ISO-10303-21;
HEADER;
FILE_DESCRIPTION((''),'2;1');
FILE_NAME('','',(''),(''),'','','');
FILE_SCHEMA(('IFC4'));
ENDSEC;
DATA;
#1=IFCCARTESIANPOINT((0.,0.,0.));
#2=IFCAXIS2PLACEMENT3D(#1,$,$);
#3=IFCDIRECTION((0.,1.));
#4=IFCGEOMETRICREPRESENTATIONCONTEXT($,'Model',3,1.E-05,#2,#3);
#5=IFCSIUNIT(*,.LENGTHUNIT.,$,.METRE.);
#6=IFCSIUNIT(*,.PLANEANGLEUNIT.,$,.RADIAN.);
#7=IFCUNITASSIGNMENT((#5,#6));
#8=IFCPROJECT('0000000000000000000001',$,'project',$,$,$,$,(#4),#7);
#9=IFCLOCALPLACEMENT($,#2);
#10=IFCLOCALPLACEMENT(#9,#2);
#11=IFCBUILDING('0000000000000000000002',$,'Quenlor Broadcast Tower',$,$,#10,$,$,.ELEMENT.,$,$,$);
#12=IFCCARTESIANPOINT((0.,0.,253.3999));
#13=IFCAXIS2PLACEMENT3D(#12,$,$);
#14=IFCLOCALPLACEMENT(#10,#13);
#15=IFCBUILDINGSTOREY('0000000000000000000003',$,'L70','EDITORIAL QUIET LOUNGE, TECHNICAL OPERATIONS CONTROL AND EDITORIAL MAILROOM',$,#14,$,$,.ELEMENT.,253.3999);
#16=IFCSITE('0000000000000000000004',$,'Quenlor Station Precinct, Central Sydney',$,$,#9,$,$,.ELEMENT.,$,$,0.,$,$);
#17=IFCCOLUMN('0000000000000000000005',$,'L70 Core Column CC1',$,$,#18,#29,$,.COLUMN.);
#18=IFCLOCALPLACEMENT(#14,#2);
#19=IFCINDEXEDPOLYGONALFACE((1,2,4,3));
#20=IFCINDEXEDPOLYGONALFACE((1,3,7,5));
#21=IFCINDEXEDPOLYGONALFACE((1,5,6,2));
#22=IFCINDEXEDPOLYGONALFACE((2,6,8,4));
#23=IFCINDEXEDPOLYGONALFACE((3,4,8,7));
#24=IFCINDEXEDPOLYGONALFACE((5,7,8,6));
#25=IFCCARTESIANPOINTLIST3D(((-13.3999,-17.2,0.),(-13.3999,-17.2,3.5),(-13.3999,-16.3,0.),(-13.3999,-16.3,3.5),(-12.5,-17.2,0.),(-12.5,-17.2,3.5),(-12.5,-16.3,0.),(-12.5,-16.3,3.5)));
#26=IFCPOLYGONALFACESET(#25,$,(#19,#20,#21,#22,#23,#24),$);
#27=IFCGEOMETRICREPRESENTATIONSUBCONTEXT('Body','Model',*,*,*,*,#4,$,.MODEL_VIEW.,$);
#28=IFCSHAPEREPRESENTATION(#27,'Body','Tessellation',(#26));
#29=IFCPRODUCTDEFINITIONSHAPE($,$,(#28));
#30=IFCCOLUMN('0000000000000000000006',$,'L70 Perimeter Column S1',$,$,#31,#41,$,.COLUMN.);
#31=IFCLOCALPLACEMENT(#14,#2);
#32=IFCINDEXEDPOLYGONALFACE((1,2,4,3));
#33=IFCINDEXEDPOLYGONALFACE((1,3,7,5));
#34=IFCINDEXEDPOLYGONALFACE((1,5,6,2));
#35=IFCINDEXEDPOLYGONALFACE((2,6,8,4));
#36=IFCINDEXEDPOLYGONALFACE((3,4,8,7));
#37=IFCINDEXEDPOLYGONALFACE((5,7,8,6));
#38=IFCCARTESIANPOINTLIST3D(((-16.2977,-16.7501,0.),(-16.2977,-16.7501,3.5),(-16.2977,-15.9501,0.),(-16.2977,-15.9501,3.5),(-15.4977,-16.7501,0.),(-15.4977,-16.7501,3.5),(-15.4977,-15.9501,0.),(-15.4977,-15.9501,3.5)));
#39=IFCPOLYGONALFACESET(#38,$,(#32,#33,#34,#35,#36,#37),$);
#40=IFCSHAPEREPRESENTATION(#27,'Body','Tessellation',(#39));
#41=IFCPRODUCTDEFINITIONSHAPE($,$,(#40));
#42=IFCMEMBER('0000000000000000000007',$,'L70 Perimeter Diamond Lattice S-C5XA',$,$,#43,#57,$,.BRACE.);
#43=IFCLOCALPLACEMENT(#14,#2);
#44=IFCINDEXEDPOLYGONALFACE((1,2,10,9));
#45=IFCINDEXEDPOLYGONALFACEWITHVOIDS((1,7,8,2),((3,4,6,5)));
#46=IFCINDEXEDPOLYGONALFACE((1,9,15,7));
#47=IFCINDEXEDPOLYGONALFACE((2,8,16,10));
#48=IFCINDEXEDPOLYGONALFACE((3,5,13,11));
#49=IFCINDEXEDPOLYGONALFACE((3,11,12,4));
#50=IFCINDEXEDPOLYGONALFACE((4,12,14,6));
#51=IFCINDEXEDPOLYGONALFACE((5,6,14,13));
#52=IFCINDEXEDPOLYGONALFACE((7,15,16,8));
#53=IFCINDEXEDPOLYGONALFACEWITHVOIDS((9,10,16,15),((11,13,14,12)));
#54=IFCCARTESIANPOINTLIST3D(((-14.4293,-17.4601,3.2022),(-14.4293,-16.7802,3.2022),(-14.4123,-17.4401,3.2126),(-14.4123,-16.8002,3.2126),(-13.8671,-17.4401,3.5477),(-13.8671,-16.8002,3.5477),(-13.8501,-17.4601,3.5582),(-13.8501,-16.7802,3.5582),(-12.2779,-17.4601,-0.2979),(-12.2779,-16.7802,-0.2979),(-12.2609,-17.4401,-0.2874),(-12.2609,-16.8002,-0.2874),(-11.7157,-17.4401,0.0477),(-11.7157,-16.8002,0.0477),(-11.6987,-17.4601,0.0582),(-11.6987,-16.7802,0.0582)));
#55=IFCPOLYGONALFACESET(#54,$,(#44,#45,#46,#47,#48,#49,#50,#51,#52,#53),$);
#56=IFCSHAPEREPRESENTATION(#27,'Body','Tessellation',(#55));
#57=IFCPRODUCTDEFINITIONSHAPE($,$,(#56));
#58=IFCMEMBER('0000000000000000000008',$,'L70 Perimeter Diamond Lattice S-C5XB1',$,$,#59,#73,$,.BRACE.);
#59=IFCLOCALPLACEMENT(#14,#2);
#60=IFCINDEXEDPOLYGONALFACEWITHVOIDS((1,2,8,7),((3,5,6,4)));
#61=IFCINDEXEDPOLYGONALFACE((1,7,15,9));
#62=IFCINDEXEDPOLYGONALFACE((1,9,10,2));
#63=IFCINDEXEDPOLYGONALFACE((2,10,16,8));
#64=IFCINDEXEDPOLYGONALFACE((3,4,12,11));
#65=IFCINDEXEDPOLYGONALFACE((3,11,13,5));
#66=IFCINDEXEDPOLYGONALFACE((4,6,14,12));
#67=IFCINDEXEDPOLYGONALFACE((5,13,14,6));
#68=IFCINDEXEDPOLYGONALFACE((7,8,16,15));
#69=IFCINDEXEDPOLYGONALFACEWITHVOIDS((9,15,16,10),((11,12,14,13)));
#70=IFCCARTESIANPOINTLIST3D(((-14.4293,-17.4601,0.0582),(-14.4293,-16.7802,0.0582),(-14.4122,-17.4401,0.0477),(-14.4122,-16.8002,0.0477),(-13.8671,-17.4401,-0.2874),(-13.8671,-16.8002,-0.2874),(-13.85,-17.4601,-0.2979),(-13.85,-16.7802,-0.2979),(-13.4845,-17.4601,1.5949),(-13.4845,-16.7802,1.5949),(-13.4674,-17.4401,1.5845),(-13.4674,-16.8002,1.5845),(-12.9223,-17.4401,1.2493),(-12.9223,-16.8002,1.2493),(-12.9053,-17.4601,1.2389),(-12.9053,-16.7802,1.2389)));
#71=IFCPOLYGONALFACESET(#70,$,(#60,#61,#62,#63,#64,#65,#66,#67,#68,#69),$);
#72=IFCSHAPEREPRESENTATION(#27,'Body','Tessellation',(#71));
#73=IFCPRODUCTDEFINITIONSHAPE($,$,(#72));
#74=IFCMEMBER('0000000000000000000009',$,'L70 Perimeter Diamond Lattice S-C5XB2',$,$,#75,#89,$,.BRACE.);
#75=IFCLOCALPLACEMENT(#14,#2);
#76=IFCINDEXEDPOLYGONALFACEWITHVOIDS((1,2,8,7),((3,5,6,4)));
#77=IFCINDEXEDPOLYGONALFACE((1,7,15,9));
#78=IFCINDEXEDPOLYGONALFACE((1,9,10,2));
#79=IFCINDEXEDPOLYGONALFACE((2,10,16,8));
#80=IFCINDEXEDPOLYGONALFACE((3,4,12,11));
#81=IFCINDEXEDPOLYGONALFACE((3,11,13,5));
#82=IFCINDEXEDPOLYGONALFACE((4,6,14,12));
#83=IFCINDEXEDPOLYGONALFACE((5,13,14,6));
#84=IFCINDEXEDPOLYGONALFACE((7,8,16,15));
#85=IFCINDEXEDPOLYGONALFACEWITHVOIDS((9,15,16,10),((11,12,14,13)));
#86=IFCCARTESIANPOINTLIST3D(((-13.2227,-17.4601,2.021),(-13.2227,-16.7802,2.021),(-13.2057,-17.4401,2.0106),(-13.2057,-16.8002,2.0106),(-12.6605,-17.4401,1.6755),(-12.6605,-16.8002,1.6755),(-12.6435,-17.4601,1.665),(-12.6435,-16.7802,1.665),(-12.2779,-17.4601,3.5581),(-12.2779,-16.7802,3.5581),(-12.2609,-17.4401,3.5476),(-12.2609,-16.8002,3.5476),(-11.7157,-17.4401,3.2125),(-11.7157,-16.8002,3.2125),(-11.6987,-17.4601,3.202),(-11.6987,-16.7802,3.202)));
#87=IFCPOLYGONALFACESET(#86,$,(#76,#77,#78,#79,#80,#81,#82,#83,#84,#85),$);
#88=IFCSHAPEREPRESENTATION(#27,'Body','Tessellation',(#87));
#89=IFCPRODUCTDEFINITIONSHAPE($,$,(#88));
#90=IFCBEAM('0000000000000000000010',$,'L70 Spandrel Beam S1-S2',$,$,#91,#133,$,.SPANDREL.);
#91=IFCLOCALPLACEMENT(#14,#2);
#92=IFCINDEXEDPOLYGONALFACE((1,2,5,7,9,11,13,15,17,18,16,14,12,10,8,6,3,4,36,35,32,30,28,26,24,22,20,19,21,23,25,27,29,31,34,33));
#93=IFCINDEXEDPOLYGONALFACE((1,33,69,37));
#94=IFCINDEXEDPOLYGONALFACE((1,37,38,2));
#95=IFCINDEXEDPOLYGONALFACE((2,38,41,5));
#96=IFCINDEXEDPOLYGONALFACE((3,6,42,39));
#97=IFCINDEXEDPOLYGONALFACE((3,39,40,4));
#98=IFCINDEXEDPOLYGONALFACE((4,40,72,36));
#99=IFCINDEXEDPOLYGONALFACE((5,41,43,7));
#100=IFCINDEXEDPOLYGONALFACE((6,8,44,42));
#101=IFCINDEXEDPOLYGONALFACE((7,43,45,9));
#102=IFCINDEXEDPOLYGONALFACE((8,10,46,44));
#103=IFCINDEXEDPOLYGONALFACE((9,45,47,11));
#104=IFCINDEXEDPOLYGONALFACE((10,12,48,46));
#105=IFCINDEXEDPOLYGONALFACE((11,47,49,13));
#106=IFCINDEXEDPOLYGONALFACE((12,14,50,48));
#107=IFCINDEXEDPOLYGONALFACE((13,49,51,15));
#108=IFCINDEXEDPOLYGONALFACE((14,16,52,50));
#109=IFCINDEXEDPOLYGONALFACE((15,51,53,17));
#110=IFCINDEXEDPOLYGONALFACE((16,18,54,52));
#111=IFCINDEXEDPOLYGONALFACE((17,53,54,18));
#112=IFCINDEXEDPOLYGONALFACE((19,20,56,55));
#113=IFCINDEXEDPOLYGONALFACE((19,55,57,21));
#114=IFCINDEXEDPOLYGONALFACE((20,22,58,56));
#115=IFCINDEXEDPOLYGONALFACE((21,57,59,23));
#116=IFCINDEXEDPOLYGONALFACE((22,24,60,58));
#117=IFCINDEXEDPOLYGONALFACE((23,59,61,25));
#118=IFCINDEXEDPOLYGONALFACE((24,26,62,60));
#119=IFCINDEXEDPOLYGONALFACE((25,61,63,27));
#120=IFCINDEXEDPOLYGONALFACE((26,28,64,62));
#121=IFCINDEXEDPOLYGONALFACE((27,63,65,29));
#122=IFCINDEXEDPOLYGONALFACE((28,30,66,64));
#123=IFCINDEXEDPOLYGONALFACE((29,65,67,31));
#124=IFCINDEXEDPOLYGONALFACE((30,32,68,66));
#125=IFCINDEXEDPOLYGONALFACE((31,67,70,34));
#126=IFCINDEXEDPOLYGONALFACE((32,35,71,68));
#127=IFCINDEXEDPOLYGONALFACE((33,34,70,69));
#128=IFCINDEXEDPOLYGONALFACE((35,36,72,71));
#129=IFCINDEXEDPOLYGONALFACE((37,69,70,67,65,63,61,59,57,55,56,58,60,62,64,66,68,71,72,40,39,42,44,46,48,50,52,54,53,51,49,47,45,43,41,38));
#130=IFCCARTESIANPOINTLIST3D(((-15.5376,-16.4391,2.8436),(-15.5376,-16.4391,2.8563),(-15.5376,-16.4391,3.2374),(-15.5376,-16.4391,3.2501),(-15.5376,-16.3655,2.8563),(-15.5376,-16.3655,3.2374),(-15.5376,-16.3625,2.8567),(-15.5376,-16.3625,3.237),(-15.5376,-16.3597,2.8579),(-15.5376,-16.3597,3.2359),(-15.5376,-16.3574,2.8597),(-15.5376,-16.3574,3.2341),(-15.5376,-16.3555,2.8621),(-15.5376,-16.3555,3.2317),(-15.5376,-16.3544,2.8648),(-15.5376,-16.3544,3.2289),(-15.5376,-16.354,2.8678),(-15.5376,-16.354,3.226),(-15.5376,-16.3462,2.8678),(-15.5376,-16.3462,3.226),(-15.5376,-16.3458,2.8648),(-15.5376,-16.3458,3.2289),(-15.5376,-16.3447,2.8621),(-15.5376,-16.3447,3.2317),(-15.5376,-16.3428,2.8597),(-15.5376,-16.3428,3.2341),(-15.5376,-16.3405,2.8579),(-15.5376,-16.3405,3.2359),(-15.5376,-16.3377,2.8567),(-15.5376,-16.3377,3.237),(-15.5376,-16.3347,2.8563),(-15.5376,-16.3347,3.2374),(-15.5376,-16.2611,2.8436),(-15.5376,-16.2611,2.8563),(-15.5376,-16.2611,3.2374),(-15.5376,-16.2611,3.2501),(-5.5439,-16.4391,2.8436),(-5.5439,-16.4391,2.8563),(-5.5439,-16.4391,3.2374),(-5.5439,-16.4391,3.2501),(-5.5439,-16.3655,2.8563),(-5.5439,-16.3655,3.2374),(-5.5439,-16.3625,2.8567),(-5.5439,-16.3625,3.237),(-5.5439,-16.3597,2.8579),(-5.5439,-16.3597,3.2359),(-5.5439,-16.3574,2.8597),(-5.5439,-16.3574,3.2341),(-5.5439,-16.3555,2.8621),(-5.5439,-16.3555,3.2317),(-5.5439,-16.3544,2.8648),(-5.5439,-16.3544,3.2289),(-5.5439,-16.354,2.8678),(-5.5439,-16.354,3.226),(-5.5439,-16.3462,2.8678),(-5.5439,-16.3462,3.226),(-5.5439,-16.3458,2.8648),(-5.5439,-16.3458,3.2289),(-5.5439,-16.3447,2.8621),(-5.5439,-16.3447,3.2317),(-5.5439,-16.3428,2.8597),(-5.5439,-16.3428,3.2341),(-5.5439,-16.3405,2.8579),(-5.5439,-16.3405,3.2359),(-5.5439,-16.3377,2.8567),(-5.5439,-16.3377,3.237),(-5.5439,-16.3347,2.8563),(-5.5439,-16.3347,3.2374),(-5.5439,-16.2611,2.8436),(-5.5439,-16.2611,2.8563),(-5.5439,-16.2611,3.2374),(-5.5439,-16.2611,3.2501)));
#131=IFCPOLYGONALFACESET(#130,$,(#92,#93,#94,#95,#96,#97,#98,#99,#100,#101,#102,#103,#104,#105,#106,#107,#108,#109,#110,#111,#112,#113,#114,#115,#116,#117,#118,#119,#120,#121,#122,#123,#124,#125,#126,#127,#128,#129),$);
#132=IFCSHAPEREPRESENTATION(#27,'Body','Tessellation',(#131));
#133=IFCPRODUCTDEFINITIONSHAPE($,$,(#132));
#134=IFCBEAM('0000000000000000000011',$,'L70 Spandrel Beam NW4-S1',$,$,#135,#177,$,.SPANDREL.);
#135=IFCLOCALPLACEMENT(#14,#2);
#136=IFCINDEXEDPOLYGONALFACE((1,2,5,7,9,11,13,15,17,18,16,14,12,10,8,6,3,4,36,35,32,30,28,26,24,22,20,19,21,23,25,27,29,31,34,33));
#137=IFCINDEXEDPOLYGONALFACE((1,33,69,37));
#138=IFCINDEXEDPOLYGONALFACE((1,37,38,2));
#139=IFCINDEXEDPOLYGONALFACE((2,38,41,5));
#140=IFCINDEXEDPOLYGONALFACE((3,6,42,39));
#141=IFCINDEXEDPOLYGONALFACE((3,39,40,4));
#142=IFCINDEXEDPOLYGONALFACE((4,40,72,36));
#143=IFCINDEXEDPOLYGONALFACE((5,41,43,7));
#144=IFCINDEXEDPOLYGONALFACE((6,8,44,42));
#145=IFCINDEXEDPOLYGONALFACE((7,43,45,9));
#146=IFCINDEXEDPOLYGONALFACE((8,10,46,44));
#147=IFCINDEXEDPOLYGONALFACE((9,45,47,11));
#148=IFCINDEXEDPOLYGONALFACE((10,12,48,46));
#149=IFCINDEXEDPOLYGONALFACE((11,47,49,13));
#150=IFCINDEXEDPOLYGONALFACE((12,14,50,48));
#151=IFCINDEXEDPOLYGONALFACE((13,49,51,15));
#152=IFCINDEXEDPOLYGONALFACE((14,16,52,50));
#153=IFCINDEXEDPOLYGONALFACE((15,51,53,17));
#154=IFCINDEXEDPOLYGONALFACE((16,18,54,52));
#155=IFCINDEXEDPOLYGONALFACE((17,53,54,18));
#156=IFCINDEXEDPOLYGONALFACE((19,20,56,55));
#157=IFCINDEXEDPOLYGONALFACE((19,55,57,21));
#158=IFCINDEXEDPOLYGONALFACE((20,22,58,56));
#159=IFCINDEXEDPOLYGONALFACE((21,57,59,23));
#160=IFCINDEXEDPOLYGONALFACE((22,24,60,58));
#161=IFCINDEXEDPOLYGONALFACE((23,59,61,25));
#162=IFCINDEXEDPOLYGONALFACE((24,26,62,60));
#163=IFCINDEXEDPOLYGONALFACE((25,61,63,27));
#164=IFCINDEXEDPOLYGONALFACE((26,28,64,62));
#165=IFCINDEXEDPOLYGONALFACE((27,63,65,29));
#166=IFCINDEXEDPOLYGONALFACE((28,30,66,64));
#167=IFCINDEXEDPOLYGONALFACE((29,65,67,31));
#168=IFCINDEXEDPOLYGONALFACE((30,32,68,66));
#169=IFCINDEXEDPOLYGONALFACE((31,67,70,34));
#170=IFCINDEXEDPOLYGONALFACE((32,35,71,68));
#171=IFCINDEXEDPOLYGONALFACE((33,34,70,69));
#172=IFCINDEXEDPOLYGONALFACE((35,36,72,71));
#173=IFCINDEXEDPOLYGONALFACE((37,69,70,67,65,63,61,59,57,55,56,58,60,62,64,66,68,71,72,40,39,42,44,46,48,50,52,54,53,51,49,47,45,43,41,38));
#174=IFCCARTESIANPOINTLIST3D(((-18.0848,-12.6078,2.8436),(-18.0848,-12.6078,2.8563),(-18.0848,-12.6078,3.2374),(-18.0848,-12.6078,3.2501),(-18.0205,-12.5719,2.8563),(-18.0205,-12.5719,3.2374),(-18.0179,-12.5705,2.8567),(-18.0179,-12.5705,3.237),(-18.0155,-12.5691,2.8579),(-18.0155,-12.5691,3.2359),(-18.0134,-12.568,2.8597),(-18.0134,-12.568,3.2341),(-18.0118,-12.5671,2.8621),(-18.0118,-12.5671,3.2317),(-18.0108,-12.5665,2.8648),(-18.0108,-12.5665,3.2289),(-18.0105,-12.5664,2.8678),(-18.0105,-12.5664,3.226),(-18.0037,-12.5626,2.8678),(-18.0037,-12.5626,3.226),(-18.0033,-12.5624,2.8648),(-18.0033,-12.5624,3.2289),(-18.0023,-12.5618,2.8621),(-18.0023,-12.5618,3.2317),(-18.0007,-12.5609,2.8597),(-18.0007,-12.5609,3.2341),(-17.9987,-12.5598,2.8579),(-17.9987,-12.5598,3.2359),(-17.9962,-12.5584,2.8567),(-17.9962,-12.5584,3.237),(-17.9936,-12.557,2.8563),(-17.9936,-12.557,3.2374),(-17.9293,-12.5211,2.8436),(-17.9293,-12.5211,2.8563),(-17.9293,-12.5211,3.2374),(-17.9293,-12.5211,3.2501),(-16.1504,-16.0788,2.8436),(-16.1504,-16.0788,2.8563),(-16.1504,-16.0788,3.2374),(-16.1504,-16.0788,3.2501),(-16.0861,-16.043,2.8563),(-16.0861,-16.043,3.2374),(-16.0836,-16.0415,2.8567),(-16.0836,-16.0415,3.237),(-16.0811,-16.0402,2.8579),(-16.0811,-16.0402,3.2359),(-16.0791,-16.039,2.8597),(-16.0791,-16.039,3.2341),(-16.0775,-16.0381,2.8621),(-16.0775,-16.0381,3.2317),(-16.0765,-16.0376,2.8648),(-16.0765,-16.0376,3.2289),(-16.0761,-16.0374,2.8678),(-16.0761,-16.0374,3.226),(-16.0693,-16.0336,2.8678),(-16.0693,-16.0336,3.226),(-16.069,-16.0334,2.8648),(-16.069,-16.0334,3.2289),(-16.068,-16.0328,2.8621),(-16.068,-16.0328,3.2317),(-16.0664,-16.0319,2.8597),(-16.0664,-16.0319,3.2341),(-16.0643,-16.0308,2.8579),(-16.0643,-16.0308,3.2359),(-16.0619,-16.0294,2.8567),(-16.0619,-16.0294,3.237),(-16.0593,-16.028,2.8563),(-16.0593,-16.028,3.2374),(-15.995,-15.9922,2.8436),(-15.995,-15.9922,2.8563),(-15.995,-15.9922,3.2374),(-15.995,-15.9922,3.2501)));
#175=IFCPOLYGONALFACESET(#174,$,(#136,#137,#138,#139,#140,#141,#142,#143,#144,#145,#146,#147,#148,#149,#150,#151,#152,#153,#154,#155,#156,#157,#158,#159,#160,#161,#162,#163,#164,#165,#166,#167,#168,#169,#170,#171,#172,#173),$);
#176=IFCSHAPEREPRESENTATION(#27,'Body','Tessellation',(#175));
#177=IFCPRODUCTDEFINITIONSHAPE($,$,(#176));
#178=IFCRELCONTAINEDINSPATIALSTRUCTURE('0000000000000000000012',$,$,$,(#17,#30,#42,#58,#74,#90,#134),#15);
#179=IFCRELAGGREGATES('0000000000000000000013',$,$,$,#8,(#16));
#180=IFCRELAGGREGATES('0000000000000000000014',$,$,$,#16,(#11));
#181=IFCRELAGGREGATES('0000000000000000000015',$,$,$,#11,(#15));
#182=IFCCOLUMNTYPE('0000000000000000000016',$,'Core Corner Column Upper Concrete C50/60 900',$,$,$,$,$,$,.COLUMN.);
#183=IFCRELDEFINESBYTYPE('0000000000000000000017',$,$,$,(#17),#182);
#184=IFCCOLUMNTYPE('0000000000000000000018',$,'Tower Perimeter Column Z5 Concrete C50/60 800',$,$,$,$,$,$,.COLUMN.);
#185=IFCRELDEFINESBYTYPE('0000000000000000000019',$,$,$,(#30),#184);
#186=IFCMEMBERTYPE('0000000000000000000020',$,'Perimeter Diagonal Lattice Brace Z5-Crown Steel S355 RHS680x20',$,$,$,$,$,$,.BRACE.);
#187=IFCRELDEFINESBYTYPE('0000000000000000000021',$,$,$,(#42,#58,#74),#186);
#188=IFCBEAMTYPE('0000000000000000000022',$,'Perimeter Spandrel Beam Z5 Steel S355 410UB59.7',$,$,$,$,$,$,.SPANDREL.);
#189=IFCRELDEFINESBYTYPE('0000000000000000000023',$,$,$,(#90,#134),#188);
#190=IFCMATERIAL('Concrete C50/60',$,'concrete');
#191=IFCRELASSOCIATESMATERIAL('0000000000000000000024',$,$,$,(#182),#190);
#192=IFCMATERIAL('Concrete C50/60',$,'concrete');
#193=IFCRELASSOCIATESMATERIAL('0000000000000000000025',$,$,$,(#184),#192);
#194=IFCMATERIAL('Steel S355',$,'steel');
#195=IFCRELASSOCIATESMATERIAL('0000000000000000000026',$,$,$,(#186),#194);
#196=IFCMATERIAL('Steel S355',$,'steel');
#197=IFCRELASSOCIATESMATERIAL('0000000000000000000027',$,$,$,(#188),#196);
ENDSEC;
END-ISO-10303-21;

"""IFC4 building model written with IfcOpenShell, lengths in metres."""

from ifc_helpers import new_model, si_unit, direction, frame, origin, origin_2d, place, context, subcontext, project, spatial, rectangle, hollow_rectangle, i_section, extrude, material, material_profile, profile_set, type_object, element, save


model = new_model("IFC4")

# Units and contexts
model_context = context("Model", 3, precision=1e-05, world=origin(), true_north=direction((0.0, 1.0)))
body_context = subcontext(model_context, "Body", "Model", "MODEL_VIEW")
ifc_project = project(units=[si_unit("LENGTHUNIT", "METRE"), si_unit("PLANEANGLEUNIT", "RADIAN")], contexts=[model_context])

# Site, building, storey
site_placement = place(None, origin())
site = spatial("IfcSite", under=ifc_project, at=site_placement, Name="Quenlor Station Precinct, Central Sydney", CompositionType="ELEMENT", RefElevation=0.0)
building_placement = place(site_placement, origin())
building = spatial("IfcBuilding", under=site, at=building_placement, Name="Quenlor Broadcast Tower", CompositionType="ELEMENT")
storey_placement = place(building_placement, frame((0.0, 0.0, 253.3999)))
storey = spatial("IfcBuildingStorey", under=building, at=storey_placement, Name="L70", Description="EDITORIAL QUIET LOUNGE, TECHNICAL OPERATIONS CONTROL AND EDITORIAL MAILROOM", CompositionType="ELEMENT", Elevation=253.3999)

# Columns
ifc_material_1 = material(Name="Concrete C50/60", Category="concrete")
ifc_material_profile_1 = material_profile(ifc_material_1, rectangle(XDim=0.8999, YDim=0.8999, at=origin_2d()))
ifc_profile_set_1 = profile_set([ifc_material_profile_1], Name="Concrete C50/60 RC900x900")
column_type_1 = type_object("IfcColumnType", Name="Core Corner Column Upper Concrete C50/60 900", PredefinedType="COLUMN", material=ifc_profile_set_1)
column_1_placement = place(storey_placement, frame((-12.95, -16.75, 0.0), z_axis=(0.0, 0.0, 1.0), x_axis=(1.0, 0.0, 0.0)))
element("IfcColumn", 1, at=column_1_placement, inside=storey, type_object=column_type_1, Name="L70 Core Column CC1", PredefinedType="COLUMN", context=body_context, shape_type="SweptSolid", body=[
    extrude(rectangle(XDim=0.8999, YDim=0.8999, at=origin_2d()), origin(), (0.0, 0.0, 1.0), 3.5),
])
ifc_material_2 = material(Name="Concrete C50/60", Category="concrete")
ifc_material_profile_2 = material_profile(ifc_material_2, rectangle(XDim=0.8, YDim=0.8, at=origin_2d()))
ifc_profile_set_2 = profile_set([ifc_material_profile_2], Name="Concrete C50/60 RC800x800")
column_type_2 = type_object("IfcColumnType", Name="Tower Perimeter Column Z5 Concrete C50/60 800", PredefinedType="COLUMN", material=ifc_profile_set_2)
column_2_placement = place(storey_placement, frame((-15.8977, -16.3501, 0.0), z_axis=(0.0, 0.0, 1.0), x_axis=(0.0, 1.0, 0.0)))
element("IfcColumn", 2, at=column_2_placement, inside=storey, type_object=column_type_2, Name="L70 Perimeter Column S1", PredefinedType="COLUMN", context=body_context, shape_type="SweptSolid", body=[
    extrude(rectangle(XDim=0.8, YDim=0.8, at=origin_2d()), origin(), (0.0, 0.0, 1.0), 3.5),
])

# Members
ifc_material_3 = material(Name="Steel S355", Category="steel")
ifc_material_profile_3 = material_profile(ifc_material_3, hollow_rectangle(XDim=0.6799, YDim=0.6799, WallThickness=0.02, at=origin_2d()))
ifc_profile_set_3 = profile_set([ifc_material_profile_3], Name="Steel S355 RHS680x680x20")
member_type = type_object("IfcMemberType", Name="Perimeter Diagonal Lattice Brace Z5-Crown Steel S355 RHS680x20", PredefinedType="BRACE", material=ifc_profile_set_3)
member_1_placement = place(storey_placement, frame((-11.9883, -17.1201, -0.1199), z_axis=(-0.52366, 0.0, 0.851928), x_axis=(0.0, -1.0, 0.0)))
element("IfcMember", 3, at=member_1_placement, inside=storey, type_object=member_type, Name="L70 Perimeter Diamond Lattice S-C5XA", PredefinedType="BRACE", context=body_context, shape_type="SweptSolid", body=[
    extrude(hollow_rectangle(XDim=0.6799, YDim=0.6799, WallThickness=0.02, at=origin_2d()), origin(), (0.0, 0.0, 1.0), 4.1084),
])
member_2_placement = place(storey_placement, frame((-14.1396, -17.1201, -0.1199), z_axis=(0.52372, 0.0, 0.851891), x_axis=(0.0, 1.0, 0.0)))
element("IfcMember", 4, at=member_2_placement, inside=storey, type_object=member_type, Name="L70 Perimeter Diamond Lattice S-C5XB1", PredefinedType="BRACE", context=body_context, shape_type="SweptSolid", body=[
    extrude(hollow_rectangle(XDim=0.6799, YDim=0.6799, WallThickness=0.02, at=origin_2d()), origin(), (0.0, 0.0, 1.0), 1.804),
])
member_3_placement = place(storey_placement, frame((-12.9331, -17.1201, 1.843), z_axis=(0.523659, 0.0, 0.851928), x_axis=(0.0, 1.0, 0.0)))
element("IfcMember", 5, at=member_3_placement, inside=storey, type_object=member_type, Name="L70 Perimeter Diamond Lattice S-C5XB2", PredefinedType="BRACE", context=body_context, shape_type="SweptSolid", body=[
    extrude(hollow_rectangle(XDim=0.6799, YDim=0.6799, WallThickness=0.02, at=origin_2d()), origin(), (0.0, 0.0, 1.0), 1.8042),
])

# Beams
ifc_material_4 = material(Name="Steel S355", Category="steel")
ifc_material_profile_4 = material_profile(ifc_material_4, i_section(OverallWidth=0.178, OverallDepth=0.4065, WebThickness=0.0078, FlangeThickness=0.0127, FilletRadius=0.0115, at=origin_2d()))
ifc_profile_set_4 = profile_set([ifc_material_profile_4], Name="Steel S355 410UB59.7")
beam_type_1 = type_object("IfcBeamType", Name="Perimeter Spandrel Beam Z5 Steel S355 410UB59.7", PredefinedType="SPANDREL", material=ifc_profile_set_4)
beam_1_placement = place(storey_placement, frame((-15.5376, -16.3501, 3.0469), z_axis=(1.0, 0.0, 0.0), x_axis=(0.0, 1.0, 0.0)))
element("IfcBeam", 6, at=beam_1_placement, inside=storey, type_object=beam_type_1, Name="L70 Spandrel Beam S1-S2", PredefinedType="SPANDREL", context=body_context, shape_type="SweptSolid", body=[
    extrude(i_section(OverallWidth=0.178, OverallDepth=0.4065, WebThickness=0.0078, FlangeThickness=0.0127, FilletRadius=0.0115, at=origin_2d()), origin(), (0.0, 0.0, 1.0), 9.9937),
])
beam_2_placement = place(storey_placement, frame((-18.0071, -12.5645, 3.0469), z_axis=(0.486801, -0.873513, 0.0), x_axis=(0.873513, 0.486801, 0.0)))
element("IfcBeam", 7, at=beam_2_placement, inside=storey, type_object=beam_type_1, Name="L70 Spandrel Beam NW4-S1", PredefinedType="SPANDREL", context=body_context, shape_type="SweptSolid", body=[
    extrude(i_section(OverallWidth=0.178, OverallDepth=0.4065, WebThickness=0.0078, FlangeThickness=0.0127, FilletRadius=0.0115, at=origin_2d()), origin(), (0.0, 0.0, 1.0), 3.9736),
])

save(model, "model.ifc")
